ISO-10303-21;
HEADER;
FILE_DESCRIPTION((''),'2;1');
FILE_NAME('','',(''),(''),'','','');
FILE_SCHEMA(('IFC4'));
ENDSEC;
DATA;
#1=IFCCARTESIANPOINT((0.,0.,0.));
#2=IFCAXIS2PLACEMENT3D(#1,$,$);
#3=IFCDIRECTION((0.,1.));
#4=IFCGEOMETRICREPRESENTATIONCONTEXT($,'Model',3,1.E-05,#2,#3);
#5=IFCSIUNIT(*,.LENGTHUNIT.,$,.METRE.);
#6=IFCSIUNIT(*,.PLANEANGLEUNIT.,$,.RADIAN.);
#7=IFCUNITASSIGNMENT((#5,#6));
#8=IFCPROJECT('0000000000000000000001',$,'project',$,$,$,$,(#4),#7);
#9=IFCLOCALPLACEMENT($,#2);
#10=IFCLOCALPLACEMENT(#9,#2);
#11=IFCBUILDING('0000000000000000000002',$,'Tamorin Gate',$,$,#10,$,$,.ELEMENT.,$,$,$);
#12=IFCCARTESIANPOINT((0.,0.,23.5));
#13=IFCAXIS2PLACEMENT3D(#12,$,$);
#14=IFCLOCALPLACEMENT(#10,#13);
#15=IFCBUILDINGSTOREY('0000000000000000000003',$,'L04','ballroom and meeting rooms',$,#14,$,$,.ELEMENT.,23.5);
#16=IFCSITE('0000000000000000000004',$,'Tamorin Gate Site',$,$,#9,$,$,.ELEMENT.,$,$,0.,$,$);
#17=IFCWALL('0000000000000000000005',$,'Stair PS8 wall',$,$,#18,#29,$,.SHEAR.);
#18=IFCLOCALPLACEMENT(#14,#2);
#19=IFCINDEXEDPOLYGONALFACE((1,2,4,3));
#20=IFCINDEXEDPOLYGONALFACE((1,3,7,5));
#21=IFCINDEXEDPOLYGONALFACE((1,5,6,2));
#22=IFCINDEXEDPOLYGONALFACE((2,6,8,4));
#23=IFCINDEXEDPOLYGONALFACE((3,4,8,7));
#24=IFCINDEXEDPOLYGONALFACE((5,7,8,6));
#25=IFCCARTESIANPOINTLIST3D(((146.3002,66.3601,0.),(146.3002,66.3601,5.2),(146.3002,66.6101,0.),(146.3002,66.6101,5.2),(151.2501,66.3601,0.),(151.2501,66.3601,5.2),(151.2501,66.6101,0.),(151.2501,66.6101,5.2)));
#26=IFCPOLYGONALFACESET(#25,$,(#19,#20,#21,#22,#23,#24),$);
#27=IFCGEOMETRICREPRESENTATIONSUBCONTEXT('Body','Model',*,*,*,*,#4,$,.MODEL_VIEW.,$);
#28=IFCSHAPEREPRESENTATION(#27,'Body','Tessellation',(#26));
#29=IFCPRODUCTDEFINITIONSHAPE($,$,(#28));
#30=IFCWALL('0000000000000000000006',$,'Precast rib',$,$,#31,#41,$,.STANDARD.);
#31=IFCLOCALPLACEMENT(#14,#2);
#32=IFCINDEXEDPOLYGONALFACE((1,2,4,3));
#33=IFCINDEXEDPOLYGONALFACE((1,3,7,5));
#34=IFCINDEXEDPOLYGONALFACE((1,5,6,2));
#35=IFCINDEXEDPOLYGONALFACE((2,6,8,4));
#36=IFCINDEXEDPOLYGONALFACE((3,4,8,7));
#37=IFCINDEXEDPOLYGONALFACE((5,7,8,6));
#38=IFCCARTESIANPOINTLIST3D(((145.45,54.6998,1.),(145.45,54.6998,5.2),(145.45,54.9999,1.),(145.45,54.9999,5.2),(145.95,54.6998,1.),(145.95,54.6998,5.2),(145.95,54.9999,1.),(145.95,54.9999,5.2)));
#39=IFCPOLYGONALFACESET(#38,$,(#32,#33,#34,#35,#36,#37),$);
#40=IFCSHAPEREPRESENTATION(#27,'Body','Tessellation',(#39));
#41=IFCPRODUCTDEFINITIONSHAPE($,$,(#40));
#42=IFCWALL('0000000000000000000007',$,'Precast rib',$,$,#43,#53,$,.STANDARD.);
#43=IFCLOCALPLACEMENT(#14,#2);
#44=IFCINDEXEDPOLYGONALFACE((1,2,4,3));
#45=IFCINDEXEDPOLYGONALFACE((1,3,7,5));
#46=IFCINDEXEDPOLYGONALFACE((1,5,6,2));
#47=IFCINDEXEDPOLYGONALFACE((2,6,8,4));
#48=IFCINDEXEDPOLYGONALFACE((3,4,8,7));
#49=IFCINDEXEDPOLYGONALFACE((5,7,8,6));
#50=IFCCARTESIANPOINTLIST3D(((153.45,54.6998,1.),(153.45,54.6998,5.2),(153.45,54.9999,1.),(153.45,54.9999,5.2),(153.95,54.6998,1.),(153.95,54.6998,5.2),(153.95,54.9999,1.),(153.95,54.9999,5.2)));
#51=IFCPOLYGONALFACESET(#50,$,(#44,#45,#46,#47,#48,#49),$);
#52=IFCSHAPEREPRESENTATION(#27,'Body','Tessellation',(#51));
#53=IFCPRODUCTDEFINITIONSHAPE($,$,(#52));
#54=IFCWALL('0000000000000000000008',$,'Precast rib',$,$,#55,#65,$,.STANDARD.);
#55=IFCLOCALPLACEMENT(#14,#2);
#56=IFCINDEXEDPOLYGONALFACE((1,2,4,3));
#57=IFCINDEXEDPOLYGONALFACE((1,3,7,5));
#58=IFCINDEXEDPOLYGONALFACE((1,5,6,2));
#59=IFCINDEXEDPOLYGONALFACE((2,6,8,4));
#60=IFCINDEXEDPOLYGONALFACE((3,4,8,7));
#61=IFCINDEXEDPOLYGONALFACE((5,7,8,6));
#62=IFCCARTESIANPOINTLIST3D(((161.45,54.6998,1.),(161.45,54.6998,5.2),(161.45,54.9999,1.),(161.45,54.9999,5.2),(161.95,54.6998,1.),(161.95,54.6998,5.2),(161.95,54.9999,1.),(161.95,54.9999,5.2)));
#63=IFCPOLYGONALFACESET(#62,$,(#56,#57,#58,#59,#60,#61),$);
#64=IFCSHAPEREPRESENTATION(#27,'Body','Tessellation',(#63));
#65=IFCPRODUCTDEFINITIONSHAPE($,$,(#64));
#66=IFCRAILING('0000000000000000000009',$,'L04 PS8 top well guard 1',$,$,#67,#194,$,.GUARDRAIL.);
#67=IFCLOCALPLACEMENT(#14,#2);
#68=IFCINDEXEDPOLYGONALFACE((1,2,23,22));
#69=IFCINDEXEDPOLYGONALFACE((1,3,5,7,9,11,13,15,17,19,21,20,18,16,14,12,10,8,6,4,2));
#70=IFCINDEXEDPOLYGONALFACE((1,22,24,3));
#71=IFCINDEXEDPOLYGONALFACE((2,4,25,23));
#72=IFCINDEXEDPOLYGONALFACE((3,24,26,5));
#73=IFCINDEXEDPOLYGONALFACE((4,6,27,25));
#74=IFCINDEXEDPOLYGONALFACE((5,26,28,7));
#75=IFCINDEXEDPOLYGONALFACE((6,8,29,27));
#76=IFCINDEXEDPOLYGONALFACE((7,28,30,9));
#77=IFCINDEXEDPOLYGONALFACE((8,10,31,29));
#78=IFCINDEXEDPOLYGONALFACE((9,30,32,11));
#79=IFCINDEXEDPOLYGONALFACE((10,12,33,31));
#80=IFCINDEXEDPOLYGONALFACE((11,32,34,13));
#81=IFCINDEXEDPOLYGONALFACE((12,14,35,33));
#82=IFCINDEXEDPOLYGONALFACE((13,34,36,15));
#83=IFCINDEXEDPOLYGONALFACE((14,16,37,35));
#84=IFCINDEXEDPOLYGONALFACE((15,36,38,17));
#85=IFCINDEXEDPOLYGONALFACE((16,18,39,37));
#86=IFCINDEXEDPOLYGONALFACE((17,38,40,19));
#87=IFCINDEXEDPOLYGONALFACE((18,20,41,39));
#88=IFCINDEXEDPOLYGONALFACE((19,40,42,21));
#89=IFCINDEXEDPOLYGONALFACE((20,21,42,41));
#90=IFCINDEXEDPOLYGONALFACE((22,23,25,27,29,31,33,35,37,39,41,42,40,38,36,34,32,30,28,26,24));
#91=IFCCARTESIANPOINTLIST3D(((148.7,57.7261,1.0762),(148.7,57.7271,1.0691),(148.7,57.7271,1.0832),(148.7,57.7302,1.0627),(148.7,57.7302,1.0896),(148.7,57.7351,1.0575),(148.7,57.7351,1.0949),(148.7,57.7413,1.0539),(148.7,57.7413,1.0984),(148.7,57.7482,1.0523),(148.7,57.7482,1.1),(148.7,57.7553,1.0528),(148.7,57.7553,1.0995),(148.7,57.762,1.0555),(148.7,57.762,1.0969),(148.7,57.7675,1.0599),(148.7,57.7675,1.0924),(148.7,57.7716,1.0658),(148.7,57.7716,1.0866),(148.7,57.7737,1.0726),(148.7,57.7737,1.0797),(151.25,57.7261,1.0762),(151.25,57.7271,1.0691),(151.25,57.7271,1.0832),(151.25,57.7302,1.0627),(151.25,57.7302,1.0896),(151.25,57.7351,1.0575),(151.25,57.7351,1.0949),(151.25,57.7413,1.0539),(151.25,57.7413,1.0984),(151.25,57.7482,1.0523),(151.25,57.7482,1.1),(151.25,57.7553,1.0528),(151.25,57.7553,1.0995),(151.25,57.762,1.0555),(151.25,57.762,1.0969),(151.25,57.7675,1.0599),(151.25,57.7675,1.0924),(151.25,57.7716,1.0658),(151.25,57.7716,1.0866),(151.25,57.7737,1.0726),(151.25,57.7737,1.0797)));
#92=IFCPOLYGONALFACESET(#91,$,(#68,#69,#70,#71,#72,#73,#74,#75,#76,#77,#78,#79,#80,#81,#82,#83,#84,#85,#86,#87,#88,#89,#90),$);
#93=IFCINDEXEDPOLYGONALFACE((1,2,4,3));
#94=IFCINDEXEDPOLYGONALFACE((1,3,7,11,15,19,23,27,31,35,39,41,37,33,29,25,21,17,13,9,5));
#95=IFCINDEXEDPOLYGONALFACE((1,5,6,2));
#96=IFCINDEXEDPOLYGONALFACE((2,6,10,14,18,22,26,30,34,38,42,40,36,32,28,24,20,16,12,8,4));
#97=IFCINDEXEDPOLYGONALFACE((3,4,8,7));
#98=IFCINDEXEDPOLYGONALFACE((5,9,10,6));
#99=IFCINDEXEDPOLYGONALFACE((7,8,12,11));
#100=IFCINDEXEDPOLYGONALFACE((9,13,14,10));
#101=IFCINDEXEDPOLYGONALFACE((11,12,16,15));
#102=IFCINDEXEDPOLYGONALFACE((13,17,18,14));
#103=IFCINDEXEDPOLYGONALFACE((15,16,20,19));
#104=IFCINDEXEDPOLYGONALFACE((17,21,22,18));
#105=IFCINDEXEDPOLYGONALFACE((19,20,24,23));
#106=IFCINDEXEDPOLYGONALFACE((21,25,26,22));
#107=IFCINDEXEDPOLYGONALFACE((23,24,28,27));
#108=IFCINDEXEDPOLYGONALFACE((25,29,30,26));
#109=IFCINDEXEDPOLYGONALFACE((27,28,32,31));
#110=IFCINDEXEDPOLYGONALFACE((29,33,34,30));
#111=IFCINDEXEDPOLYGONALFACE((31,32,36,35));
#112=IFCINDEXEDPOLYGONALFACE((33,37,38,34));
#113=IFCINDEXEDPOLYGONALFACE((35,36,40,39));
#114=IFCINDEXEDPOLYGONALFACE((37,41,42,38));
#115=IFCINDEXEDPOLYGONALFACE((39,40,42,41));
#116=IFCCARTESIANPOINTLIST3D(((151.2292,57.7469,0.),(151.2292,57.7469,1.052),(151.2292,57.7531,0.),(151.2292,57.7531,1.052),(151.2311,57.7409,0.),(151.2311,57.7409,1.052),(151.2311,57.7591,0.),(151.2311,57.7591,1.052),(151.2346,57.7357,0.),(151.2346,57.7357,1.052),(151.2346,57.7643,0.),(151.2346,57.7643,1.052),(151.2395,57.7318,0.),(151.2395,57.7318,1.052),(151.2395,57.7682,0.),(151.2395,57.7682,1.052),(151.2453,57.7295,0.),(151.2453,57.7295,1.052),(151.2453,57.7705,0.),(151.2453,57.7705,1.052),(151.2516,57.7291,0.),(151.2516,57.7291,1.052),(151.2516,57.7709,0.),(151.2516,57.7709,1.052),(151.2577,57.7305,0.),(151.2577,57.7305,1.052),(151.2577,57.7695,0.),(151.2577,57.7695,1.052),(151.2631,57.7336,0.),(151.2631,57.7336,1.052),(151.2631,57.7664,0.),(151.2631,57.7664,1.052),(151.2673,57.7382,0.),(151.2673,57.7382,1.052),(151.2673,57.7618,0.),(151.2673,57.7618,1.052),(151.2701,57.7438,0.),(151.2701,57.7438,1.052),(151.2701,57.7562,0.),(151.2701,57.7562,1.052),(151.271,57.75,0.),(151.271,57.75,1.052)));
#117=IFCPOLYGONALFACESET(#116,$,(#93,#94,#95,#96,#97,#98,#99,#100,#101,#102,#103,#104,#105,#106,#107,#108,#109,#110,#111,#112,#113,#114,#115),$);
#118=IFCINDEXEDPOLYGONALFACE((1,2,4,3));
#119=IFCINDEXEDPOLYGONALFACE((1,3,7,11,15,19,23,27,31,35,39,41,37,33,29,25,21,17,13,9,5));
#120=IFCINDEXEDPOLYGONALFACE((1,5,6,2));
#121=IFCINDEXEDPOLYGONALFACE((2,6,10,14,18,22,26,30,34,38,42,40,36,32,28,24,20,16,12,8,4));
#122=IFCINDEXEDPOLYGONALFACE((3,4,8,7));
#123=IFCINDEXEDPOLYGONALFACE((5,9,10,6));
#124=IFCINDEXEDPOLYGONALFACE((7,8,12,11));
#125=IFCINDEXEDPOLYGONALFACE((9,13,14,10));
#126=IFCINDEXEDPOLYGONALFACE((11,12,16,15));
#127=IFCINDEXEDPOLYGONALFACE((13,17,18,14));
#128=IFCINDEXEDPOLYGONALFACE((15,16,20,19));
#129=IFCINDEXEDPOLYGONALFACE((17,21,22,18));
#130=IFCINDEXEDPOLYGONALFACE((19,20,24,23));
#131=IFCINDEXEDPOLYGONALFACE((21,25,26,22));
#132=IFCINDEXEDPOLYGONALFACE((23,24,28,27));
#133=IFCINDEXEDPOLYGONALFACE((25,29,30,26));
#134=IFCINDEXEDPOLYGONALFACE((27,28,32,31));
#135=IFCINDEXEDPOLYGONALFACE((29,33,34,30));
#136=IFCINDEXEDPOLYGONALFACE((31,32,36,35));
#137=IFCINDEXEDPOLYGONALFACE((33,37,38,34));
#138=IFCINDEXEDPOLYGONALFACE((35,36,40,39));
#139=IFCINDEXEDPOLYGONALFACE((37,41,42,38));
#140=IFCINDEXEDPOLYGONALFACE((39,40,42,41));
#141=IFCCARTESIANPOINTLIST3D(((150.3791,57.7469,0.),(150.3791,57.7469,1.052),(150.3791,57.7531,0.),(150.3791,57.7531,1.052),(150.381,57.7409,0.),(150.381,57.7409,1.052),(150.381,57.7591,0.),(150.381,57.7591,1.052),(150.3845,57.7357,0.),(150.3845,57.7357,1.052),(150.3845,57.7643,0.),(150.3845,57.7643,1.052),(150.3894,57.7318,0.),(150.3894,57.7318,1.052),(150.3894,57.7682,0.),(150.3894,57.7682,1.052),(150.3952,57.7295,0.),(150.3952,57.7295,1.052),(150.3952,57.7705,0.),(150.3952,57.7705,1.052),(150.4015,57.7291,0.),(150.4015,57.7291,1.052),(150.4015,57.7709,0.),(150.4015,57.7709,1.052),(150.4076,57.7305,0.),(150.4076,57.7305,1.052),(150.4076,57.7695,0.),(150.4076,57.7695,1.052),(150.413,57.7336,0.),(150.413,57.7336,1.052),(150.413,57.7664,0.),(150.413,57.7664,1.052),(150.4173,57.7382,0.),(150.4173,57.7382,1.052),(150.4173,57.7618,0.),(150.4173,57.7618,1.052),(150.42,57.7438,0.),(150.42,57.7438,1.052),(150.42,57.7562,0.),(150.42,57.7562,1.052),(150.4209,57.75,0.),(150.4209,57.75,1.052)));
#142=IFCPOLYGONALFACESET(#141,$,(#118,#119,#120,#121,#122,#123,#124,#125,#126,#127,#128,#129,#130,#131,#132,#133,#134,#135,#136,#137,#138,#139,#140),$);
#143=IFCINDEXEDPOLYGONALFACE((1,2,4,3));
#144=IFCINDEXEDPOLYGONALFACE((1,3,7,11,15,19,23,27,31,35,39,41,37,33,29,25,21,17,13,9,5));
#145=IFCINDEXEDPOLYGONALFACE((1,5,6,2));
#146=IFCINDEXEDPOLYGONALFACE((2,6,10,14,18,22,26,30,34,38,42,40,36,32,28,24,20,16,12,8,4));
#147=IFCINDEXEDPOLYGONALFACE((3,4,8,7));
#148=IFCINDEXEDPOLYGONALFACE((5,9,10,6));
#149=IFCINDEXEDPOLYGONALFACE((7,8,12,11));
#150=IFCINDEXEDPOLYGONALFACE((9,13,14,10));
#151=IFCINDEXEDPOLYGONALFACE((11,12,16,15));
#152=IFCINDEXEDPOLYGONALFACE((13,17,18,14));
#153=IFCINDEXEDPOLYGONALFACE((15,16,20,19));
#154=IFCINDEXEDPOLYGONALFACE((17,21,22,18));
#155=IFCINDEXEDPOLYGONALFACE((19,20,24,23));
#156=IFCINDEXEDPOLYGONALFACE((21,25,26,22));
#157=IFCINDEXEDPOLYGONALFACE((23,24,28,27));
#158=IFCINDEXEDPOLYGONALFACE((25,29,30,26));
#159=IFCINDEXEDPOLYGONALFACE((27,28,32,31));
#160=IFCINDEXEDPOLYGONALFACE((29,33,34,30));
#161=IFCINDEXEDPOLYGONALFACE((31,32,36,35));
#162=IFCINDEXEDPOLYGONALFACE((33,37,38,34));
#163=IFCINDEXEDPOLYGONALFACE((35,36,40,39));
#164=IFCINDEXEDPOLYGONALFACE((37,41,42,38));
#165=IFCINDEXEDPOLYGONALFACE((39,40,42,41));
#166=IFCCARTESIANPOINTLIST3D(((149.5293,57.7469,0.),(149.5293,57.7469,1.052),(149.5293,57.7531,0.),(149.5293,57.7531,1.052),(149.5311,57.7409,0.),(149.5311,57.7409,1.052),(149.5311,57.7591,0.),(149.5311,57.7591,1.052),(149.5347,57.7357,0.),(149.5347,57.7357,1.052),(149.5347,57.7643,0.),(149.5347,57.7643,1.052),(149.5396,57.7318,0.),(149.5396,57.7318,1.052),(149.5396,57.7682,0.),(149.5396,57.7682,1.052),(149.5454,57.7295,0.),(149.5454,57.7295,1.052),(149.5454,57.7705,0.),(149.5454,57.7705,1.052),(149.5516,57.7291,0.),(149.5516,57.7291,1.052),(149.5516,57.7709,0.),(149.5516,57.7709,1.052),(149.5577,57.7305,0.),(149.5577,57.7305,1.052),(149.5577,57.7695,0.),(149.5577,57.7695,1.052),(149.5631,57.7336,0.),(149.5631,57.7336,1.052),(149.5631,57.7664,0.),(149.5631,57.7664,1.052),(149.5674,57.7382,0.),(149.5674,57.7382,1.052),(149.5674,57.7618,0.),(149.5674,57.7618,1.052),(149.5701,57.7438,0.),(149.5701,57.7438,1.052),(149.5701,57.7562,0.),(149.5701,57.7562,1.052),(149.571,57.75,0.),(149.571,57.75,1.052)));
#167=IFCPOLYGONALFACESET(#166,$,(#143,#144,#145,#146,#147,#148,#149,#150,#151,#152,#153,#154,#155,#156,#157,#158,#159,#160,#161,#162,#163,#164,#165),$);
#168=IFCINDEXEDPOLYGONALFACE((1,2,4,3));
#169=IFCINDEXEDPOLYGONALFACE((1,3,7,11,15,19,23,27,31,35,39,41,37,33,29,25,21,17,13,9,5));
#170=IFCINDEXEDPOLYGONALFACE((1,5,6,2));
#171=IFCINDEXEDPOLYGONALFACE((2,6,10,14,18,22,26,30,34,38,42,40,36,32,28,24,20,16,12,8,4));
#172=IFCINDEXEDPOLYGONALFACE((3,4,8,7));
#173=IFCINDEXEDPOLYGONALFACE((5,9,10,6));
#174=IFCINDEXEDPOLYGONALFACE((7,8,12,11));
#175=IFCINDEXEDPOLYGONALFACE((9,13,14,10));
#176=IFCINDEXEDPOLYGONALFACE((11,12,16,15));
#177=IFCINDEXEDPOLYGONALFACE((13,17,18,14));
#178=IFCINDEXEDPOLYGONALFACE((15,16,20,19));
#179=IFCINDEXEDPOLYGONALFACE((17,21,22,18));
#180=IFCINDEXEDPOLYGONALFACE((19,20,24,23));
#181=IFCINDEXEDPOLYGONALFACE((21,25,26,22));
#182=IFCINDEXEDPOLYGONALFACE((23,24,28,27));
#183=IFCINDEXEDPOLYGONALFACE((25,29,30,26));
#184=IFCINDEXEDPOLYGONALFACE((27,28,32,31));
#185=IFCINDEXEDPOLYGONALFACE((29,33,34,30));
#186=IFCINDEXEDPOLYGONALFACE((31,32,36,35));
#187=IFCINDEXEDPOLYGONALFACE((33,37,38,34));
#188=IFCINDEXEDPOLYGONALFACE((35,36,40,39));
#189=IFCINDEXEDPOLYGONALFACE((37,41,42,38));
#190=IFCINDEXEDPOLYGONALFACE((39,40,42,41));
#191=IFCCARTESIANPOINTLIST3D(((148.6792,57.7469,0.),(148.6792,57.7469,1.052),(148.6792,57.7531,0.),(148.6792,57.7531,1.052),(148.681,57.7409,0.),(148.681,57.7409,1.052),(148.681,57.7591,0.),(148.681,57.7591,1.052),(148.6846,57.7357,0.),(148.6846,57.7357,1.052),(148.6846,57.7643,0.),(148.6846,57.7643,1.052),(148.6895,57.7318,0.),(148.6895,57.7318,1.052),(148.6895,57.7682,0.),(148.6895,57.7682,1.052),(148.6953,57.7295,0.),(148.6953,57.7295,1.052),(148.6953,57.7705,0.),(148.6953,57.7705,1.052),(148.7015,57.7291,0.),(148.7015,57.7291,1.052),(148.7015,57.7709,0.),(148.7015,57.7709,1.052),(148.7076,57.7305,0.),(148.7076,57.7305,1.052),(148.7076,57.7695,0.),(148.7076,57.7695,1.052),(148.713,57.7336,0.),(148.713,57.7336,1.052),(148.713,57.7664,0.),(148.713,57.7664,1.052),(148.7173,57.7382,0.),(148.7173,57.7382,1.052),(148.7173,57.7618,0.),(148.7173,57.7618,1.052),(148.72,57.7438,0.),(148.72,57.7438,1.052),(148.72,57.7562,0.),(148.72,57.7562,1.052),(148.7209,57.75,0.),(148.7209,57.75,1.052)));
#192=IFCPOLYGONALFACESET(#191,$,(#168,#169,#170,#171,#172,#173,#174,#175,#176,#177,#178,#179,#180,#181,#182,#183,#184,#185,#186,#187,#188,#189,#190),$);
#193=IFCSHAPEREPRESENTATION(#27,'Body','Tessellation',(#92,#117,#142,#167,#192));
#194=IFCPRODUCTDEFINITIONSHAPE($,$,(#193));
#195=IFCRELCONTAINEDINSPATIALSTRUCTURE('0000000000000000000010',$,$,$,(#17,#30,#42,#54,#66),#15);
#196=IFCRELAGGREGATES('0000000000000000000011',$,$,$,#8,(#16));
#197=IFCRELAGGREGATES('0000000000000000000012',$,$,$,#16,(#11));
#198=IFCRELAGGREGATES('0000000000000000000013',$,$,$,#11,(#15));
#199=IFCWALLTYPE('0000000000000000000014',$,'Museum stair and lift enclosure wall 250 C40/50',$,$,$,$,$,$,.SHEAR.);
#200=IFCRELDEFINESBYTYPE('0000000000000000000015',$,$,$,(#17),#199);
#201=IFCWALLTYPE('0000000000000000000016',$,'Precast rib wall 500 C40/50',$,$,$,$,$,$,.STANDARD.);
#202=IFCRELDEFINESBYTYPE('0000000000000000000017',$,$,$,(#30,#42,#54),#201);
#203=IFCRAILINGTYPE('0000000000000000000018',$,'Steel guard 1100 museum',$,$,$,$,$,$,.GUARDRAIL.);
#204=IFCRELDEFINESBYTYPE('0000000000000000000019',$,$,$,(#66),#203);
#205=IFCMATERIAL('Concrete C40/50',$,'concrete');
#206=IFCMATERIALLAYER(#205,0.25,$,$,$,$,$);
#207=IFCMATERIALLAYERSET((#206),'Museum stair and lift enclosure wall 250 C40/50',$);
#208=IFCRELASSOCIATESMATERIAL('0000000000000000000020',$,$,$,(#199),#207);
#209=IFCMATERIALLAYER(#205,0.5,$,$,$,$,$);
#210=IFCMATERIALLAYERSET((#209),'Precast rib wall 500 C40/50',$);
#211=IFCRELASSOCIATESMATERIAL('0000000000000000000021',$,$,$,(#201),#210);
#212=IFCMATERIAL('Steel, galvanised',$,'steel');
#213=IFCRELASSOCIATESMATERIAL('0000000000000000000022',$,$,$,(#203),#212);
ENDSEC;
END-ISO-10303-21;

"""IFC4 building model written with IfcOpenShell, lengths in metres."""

from ifc_helpers import new_model, si_unit, direction, frame, frame_2d, origin, origin_2d, place, context, subcontext, project, spatial, rectangle, circle, extrude, material, layer, layer_set, type_object, element, save


model = new_model("IFC4")

# Units and contexts
model_context = context("Model", 3, precision=1e-05, world=origin(), true_north=direction((0.0, 1.0)))
body_context = subcontext(model_context, "Body", "Model", "MODEL_VIEW")
ifc_project = project(units=[si_unit("LENGTHUNIT", "METRE"), si_unit("PLANEANGLEUNIT", "RADIAN")], contexts=[model_context])

# Site, building, storey
site_placement = place(None, origin())
site = spatial("IfcSite", under=ifc_project, at=site_placement, Name="Tamorin Gate Site", CompositionType="ELEMENT", RefElevation=0.0)
building_placement = place(site_placement, origin())
building = spatial("IfcBuilding", under=site, at=building_placement, Name="Tamorin Gate", CompositionType="ELEMENT")
storey_placement = place(building_placement, frame((0.0, 0.0, 23.5)))
storey = spatial("IfcBuildingStorey", under=building, at=storey_placement, Name="L04", Description="ballroom and meeting rooms", CompositionType="ELEMENT", Elevation=23.5)

# Shared definitions
ifc_material_1 = material(Name="Concrete C40/50", Category="concrete")

# Shared definitions
ifc_layer_1 = layer(ifc_material_1, 0.25)
ifc_layer_set_1 = layer_set([ifc_layer_1], Name="Museum stair and lift enclosure wall 250 C40/50")
wall_type_1 = type_object("IfcWallType", Name="Museum stair and lift enclosure wall 250 C40/50", PredefinedType="SHEAR", material=ifc_layer_set_1)

# Walls
wall_1_placement = place(storey_placement, frame((146.3, 66.4851, 0.0), z_axis=(0.0, 0.0, 1.0), x_axis=(1.0, 0.0, 0.0)))
element("IfcWall", 1, at=wall_1_placement, inside=storey, type_object=wall_type_1, Name="Stair PS8 wall", PredefinedType="SHEAR", context=body_context, shape_type="SweptSolid", body=[
    extrude(rectangle(XDim=4.95, YDim=0.25, at=frame_2d((2.4751, 0.0))), origin(), (0.0, 0.0, 1.0), 5.2),
])
ifc_layer_2 = layer(ifc_material_1, 0.5)
ifc_layer_set_2 = layer_set([ifc_layer_2], Name="Precast rib wall 500 C40/50")
wall_type_2 = type_object("IfcWallType", Name="Precast rib wall 500 C40/50", PredefinedType="STANDARD", material=ifc_layer_set_2)
for number, where, z_axis, x_axis, name in (
    (2, (145.7, 54.7, 1.0), (0.0, 0.0, 1.0), (0.0, 1.0, 0.0), "Precast rib"),
    (3, (153.7, 54.7, 1.0), (0.0, 0.0, 1.0), (0.0, 1.0, 0.0), "Precast rib"),
    (4, (161.7, 54.7, 1.0), (0.0, 0.0, 1.0), (0.0, 1.0, 0.0), "Precast rib"),
):
    element("IfcWall", number, at=place(storey_placement, frame(where, z_axis=z_axis, x_axis=x_axis)), inside=storey, type_object=wall_type_2, Name=name, PredefinedType="STANDARD", context=body_context, shape_type="SweptSolid", body=[
        extrude(rectangle(XDim=0.3, YDim=0.5, at=frame_2d((0.1499, 0.0))), origin(), (0.0, 0.0, 1.0), 4.2),
    ])

# Railing
ifc_material_2 = material(Name="Steel, galvanised", Category="steel")
railing_type = type_object("IfcRailingType", Name="Steel guard 1100 museum", PredefinedType="GUARDRAIL", material=ifc_material_2)
railing_placement = place(storey_placement, frame((151.25, 57.75, 0.0)))
element("IfcRailing", 5, at=railing_placement, inside=storey, type_object=railing_type, Name="L04 PS8 top well guard 1", PredefinedType="GUARDRAIL", context=body_context, shape_type="SweptSolid", body=[
    extrude(circle(Radius=0.0239, at=origin_2d()), frame((0.0, 0.0, 1.0762), z_axis=(-1.0, 0.0, 0.0), x_axis=(0.0, -1.0, 0.0)), (0.0, 0.0, 1.0), 2.55),
    extrude(circle(Radius=0.021, at=origin_2d()), origin(), (0.0, 0.0, 1.0), 1.052),
    extrude(circle(Radius=0.021, at=origin_2d()), frame((-0.8501, 0.0, 0.0)), (0.0, 0.0, 1.0), 1.052),
    extrude(circle(Radius=0.021, at=origin_2d()), frame((-1.7, 0.0, 0.0)), (0.0, 0.0, 1.0), 1.052),
    extrude(circle(Radius=0.021, at=origin_2d()), frame((-2.55, 0.0, 0.0)), (0.0, 0.0, 1.0), 1.052),
])

save(model, "model.ifc")
